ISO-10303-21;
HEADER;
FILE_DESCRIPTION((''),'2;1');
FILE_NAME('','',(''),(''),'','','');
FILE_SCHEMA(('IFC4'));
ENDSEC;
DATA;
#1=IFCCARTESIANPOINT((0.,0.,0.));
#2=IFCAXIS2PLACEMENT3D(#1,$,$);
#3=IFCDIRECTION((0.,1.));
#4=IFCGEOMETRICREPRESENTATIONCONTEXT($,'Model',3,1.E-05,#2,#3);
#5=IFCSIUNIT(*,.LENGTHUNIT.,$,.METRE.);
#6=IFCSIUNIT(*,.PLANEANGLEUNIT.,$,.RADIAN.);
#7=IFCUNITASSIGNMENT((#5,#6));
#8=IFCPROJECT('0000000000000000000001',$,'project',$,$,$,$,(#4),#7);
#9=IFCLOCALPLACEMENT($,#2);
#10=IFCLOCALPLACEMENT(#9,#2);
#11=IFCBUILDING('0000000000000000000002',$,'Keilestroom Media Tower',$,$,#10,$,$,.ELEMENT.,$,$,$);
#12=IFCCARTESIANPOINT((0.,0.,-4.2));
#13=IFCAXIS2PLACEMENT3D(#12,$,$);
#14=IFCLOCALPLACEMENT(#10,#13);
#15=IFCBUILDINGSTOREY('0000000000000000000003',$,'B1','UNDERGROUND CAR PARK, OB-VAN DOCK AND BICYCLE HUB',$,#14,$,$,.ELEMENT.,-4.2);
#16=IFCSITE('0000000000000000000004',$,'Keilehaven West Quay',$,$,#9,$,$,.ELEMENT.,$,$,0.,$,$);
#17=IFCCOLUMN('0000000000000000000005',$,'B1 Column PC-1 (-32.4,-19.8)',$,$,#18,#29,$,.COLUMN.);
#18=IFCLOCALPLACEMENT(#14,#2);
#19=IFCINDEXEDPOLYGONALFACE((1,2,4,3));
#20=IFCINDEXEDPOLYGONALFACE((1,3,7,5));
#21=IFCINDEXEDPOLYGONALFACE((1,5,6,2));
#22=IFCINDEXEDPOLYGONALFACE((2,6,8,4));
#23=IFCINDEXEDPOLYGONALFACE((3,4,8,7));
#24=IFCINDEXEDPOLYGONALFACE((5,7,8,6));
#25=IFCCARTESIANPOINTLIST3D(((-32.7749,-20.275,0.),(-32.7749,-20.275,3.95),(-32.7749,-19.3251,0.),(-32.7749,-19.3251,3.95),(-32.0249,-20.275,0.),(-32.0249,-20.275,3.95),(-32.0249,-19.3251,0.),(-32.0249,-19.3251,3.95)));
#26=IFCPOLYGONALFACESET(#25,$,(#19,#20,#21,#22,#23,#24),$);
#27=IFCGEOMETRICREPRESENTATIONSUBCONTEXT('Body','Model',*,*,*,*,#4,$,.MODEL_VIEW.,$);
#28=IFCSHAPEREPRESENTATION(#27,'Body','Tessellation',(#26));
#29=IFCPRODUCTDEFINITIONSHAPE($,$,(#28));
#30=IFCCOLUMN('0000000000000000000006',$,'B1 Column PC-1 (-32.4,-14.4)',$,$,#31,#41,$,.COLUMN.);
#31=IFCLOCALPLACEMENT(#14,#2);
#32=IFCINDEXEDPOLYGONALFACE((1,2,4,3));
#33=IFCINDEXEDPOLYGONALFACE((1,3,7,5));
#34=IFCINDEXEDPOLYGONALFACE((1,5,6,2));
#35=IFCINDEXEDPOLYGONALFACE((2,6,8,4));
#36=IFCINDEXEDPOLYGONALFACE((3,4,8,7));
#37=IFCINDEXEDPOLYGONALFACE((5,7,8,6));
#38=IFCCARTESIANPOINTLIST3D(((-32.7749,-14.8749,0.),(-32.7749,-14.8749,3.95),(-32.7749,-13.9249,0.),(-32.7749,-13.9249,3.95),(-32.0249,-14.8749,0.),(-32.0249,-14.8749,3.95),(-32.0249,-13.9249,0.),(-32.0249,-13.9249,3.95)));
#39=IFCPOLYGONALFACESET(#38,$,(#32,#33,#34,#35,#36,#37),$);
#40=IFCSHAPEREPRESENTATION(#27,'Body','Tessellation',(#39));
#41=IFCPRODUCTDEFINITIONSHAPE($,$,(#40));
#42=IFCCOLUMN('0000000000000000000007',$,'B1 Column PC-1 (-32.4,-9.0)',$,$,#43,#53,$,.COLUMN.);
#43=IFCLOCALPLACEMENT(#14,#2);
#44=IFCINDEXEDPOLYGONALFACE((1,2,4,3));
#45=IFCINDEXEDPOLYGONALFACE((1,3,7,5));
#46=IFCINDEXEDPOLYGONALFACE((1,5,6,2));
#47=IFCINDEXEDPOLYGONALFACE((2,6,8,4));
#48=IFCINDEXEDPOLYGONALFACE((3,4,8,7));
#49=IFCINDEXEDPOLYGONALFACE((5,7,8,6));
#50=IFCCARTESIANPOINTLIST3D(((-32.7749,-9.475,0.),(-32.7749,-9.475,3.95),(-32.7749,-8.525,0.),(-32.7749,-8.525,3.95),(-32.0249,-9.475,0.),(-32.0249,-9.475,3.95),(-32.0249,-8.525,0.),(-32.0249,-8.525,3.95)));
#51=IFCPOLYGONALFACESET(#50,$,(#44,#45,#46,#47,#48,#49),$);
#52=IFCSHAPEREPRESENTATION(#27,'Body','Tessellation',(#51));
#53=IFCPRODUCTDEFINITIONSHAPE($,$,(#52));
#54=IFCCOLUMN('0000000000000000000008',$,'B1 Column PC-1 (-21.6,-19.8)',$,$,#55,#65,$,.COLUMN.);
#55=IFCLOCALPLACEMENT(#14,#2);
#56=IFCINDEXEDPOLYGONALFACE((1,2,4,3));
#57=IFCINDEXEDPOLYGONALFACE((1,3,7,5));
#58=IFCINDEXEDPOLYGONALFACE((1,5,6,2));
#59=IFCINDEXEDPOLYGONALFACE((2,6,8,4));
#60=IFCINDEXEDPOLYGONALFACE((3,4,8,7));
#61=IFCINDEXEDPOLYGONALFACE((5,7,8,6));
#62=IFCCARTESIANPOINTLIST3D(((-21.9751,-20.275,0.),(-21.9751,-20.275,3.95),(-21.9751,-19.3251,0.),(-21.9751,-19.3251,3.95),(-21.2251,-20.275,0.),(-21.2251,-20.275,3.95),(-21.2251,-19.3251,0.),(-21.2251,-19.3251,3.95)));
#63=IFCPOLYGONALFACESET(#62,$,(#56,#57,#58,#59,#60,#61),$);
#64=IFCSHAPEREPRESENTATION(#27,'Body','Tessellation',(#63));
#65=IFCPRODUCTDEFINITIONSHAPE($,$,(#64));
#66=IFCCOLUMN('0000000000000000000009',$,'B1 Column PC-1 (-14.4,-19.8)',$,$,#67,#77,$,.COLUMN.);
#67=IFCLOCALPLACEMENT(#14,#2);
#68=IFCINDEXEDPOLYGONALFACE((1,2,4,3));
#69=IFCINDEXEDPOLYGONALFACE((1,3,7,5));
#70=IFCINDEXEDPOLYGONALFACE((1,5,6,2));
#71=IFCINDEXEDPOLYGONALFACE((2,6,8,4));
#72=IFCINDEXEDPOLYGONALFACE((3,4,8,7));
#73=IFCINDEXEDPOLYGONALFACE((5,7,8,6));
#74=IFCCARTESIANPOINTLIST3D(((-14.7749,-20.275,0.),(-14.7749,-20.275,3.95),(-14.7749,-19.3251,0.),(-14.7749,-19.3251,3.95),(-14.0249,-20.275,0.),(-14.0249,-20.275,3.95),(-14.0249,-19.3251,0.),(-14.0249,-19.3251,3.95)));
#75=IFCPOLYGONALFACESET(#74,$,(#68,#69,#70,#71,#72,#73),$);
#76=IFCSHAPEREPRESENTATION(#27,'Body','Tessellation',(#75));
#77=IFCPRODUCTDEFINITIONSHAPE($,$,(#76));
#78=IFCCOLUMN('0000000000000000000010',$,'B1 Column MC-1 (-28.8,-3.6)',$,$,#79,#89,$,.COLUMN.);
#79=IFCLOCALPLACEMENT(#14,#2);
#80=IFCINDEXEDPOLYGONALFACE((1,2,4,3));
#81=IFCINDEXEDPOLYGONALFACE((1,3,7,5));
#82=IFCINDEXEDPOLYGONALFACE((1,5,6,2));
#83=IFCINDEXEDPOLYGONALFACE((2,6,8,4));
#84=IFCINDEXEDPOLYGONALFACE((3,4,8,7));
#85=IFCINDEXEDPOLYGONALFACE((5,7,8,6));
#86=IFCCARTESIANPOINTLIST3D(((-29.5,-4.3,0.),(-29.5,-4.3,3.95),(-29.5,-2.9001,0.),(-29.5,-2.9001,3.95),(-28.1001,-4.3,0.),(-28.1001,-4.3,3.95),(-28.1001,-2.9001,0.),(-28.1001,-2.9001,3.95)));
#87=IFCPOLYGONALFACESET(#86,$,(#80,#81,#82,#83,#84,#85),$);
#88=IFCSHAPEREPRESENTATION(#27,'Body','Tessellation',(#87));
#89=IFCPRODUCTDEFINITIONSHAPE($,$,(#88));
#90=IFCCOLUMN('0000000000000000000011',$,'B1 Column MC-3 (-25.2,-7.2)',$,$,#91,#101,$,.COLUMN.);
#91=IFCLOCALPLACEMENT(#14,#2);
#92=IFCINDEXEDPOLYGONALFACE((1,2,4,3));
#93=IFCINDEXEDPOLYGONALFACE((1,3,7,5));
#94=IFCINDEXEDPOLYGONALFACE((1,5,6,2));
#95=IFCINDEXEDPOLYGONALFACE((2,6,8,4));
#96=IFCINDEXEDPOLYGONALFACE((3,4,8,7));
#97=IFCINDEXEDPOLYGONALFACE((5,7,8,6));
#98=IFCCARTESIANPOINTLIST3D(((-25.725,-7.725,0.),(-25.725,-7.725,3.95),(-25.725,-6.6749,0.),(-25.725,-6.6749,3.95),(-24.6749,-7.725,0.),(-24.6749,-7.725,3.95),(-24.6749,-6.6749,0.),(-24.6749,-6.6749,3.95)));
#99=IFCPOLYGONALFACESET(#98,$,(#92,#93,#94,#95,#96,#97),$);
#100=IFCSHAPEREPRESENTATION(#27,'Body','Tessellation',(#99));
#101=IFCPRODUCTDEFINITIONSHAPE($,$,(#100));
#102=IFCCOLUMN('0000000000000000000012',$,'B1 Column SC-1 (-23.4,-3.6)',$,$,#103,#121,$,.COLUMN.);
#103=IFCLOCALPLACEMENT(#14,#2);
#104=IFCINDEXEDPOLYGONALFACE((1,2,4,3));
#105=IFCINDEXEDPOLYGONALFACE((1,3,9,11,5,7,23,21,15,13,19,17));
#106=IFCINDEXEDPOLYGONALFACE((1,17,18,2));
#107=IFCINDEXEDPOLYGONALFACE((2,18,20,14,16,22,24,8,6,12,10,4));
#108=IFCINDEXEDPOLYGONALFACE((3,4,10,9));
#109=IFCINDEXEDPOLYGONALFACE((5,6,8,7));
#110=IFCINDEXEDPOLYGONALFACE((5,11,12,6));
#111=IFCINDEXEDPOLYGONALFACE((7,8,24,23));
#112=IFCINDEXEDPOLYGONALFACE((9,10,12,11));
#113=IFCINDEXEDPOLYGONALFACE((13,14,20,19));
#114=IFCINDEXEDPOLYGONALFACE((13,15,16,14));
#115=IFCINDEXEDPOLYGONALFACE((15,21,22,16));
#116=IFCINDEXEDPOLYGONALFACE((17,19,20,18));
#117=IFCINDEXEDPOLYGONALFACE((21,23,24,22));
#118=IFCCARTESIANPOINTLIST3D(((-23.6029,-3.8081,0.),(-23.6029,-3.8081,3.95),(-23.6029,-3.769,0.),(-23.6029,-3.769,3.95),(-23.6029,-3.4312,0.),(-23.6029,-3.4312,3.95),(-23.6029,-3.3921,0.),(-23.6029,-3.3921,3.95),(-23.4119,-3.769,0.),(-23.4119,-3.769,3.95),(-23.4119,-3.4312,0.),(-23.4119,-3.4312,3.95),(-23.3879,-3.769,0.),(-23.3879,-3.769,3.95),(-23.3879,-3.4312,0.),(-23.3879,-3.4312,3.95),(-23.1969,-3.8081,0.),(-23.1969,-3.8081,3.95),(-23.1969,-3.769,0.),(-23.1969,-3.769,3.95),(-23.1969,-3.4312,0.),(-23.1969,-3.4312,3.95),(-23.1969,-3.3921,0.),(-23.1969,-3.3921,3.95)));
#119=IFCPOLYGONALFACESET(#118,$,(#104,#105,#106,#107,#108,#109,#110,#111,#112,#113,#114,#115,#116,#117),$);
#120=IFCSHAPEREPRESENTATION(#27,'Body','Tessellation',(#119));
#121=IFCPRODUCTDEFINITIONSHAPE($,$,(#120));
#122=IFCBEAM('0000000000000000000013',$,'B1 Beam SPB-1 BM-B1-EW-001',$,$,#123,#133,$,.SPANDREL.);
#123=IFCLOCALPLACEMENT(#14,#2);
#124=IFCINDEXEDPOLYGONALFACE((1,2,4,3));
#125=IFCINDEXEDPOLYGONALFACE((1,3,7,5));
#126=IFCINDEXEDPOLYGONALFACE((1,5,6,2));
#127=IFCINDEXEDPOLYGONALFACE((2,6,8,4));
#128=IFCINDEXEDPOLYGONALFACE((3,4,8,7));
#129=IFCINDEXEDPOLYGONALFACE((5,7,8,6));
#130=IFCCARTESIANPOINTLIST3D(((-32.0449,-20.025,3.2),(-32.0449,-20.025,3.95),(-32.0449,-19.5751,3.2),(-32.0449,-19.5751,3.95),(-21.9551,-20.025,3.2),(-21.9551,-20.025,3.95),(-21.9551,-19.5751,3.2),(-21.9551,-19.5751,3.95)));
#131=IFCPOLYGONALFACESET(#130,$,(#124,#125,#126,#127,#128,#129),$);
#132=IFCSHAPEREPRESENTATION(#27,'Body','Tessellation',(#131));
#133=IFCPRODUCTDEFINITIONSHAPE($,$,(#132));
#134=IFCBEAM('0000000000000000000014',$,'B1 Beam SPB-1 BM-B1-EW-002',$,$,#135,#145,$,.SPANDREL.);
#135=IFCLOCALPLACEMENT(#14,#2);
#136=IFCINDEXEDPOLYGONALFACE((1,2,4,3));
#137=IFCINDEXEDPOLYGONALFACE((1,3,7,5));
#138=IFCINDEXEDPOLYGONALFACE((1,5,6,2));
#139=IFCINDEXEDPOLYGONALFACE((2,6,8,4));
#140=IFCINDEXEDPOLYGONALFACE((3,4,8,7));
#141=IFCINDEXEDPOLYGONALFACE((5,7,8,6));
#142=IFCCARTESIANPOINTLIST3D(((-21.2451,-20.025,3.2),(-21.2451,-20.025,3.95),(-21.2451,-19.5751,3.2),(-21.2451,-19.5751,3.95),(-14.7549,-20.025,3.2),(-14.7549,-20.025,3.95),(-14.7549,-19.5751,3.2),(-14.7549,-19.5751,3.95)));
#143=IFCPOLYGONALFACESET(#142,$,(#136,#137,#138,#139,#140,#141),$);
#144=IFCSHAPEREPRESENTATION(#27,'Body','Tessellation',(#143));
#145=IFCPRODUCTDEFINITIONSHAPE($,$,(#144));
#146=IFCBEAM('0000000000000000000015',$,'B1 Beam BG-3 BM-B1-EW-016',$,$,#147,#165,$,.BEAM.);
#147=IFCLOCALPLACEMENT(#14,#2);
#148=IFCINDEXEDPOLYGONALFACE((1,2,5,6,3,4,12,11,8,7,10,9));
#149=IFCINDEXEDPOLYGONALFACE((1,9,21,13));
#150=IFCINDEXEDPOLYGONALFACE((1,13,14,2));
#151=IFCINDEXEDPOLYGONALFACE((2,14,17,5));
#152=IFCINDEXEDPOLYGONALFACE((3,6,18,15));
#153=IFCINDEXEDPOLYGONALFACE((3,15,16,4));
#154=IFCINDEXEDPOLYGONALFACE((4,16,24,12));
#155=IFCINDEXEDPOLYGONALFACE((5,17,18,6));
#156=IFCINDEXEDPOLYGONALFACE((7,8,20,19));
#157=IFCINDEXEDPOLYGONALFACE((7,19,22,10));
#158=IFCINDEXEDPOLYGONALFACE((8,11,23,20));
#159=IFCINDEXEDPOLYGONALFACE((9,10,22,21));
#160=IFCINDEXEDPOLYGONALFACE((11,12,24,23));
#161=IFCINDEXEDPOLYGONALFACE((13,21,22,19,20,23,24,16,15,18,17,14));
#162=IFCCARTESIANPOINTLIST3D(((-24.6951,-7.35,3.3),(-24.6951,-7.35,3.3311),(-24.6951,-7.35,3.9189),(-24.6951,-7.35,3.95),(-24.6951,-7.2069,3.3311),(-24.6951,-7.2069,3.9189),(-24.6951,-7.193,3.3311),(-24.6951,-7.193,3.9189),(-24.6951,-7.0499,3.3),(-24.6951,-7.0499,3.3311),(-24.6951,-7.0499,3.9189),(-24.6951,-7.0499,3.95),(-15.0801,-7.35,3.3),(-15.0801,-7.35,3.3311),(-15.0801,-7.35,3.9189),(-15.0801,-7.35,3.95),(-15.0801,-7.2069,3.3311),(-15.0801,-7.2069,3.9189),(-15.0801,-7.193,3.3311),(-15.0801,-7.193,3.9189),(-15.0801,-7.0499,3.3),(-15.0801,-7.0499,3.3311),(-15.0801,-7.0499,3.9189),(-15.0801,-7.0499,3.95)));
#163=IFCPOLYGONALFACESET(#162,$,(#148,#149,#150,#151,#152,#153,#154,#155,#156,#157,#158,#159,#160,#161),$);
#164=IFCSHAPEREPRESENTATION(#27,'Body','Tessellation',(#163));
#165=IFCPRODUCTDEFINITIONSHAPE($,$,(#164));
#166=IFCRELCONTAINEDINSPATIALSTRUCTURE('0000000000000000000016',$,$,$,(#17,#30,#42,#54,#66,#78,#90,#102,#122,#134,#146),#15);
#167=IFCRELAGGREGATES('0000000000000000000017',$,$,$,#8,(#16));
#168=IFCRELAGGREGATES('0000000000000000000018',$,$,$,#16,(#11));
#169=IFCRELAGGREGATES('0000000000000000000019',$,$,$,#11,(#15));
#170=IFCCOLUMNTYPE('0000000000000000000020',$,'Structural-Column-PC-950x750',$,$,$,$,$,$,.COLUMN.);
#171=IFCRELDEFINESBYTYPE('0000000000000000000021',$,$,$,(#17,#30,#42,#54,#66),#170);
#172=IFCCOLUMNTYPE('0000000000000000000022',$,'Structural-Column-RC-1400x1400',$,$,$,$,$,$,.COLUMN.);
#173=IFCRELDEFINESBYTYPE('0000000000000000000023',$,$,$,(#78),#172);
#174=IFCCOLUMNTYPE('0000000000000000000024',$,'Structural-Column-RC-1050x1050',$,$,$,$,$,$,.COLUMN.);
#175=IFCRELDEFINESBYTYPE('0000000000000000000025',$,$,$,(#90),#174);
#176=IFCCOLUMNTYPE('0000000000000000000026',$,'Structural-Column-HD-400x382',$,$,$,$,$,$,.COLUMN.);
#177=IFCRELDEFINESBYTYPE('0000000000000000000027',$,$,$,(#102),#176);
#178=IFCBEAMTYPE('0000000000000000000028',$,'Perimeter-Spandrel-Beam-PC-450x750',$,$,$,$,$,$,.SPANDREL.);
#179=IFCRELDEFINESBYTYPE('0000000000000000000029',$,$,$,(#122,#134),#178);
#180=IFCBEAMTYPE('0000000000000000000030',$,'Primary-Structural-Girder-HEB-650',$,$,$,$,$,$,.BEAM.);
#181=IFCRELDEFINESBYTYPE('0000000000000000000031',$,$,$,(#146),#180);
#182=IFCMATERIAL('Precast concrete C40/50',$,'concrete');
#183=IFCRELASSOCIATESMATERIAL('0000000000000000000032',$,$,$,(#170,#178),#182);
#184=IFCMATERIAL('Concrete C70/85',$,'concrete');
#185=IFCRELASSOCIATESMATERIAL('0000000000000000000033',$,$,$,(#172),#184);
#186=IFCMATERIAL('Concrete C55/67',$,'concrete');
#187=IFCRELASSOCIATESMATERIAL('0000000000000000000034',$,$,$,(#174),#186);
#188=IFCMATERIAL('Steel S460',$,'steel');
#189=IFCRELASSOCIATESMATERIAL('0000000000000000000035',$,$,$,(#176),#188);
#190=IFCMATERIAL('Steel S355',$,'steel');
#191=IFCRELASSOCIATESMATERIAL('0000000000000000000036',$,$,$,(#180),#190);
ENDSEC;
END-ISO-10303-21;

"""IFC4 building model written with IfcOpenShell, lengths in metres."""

from ifc_helpers import new_model, si_unit, direction, frame, origin, origin_2d, place, context, subcontext, project, spatial, rectangle, i_section, extrude, source, transform, mapped, material, material_profile, profile_set, type_object, element, save


model = new_model("IFC4")

# Units and contexts
model_context = context("Model", 3, precision=1e-05, world=origin(), true_north=direction((0.0, 1.0)))
body_context = subcontext(model_context, "Body", "Model", "MODEL_VIEW")
ifc_project = project(units=[si_unit("LENGTHUNIT", "METRE"), si_unit("PLANEANGLEUNIT", "RADIAN")], contexts=[model_context])

# Site, building, storey
site_placement = place(None, origin())
site = spatial("IfcSite", under=ifc_project, at=site_placement, Name="Keilehaven West Quay", CompositionType="ELEMENT", RefElevation=0.0)
building_placement = place(site_placement, origin())
building = spatial("IfcBuilding", under=site, at=building_placement, Name="Keilestroom Media Tower", CompositionType="ELEMENT")
storey_placement = place(building_placement, frame((0.0, 0.0, -4.2)))
storey = spatial("IfcBuildingStorey", under=building, at=storey_placement, Name="B1", Description="UNDERGROUND CAR PARK, OB-VAN DOCK AND BICYCLE HUB", CompositionType="ELEMENT", Elevation=-4.2)

# Columns
ifc_material_1 = material(Name="Precast concrete C40/50", Category="concrete")
ifc_material_profile_1 = material_profile(ifc_material_1, rectangle(XDim=0.75, YDim=0.95, at=origin_2d()), Name="PC 950x750")
ifc_profile_set_1 = profile_set([ifc_material_profile_1], Name="Precast concrete C40/50")
column_type_1 = type_object("IfcColumnType", Name="Structural-Column-PC-950x750", PredefinedType="COLUMN", material=ifc_profile_set_1)
shared_shape_1 = source(origin(), body_context, "Body", "SweptSolid", [
    extrude(rectangle(XDim=0.75, YDim=0.95, at=origin_2d()), origin(), (0.0, 0.0, 1.0), 3.95),
])
for number, where, z_axis, x_axis, name in (
    (1, (-32.3999, -19.8, 0.0), (0.0, 0.0, 1.0), (1.0, 0.0, 0.0), "B1 Column PC-1 (-32.4,-19.8)"),
    (2, (-32.3999, -14.3999, 0.0), (0.0, 0.0, 1.0), (1.0, 0.0, 0.0), "B1 Column PC-1 (-32.4,-14.4)"),
    (3, (-32.3999, -9.0, 0.0), (0.0, 0.0, 1.0), (1.0, 0.0, 0.0), "B1 Column PC-1 (-32.4,-9.0)"),
    (4, (-21.6001, -19.8, 0.0), (0.0, 0.0, 1.0), (1.0, 0.0, 0.0), "B1 Column PC-1 (-21.6,-19.8)"),
    (5, (-14.3999, -19.8, 0.0), (0.0, 0.0, 1.0), (1.0, 0.0, 0.0), "B1 Column PC-1 (-14.4,-19.8)"),
):
    element("IfcColumn", number, at=place(storey_placement, frame(where, z_axis=z_axis, x_axis=x_axis)), inside=storey, type_object=column_type_1, Name=name, PredefinedType="COLUMN", context=body_context, shape_type="MappedRepresentation", body=[
        mapped(shared_shape_1, transform((0.0, 0.0, 0.0), x_axis=(1.0, 0.0, 0.0), y_axis=(0.0, 1.0, 0.0), z_axis=(0.0, 0.0, 1.0), scale=1.0)),
    ])
ifc_material_2 = material(Name="Concrete C70/85", Category="concrete")
ifc_material_profile_2 = material_profile(ifc_material_2, rectangle(XDim=1.3999, YDim=1.3999, at=origin_2d()), Name="RC 1400x1400")
ifc_profile_set_2 = profile_set([ifc_material_profile_2], Name="Concrete C70/85")
column_type_2 = type_object("IfcColumnType", Name="Structural-Column-RC-1400x1400", PredefinedType="COLUMN", material=ifc_profile_set_2)
shared_shape_2 = source(origin(), body_context, "Body", "SweptSolid", [
    extrude(rectangle(XDim=1.3999, YDim=1.3999, at=origin_2d()), origin(), (0.0, 0.0, 1.0), 3.95),
])
column_1_placement = place(storey_placement, frame((-28.8, -3.6001, 0.0), z_axis=(0.0, 0.0, 1.0), x_axis=(1.0, 0.0, 0.0)))
element("IfcColumn", 6, at=column_1_placement, inside=storey, type_object=column_type_2, Name="B1 Column MC-1 (-28.8,-3.6)", PredefinedType="COLUMN", context=body_context, shape_type="MappedRepresentation", body=[
    mapped(shared_shape_2, transform((0.0, 0.0, 0.0), x_axis=(1.0, 0.0, 0.0), y_axis=(0.0, 1.0, 0.0), z_axis=(0.0, 0.0, 1.0), scale=1.0)),
])
ifc_material_3 = material(Name="Concrete C55/67", Category="concrete")
ifc_material_profile_3 = material_profile(ifc_material_3, rectangle(XDim=1.05, YDim=1.05, at=origin_2d()), Name="RC 1050x1050")
ifc_profile_set_3 = profile_set([ifc_material_profile_3], Name="Concrete C55/67")
column_type_3 = type_object("IfcColumnType", Name="Structural-Column-RC-1050x1050", PredefinedType="COLUMN", material=ifc_profile_set_3)
shared_shape_3 = source(origin(), body_context, "Body", "SweptSolid", [
    extrude(rectangle(XDim=1.05, YDim=1.05, at=origin_2d()), origin(), (0.0, 0.0, 1.0), 3.95),
])
column_2_placement = place(storey_placement, frame((-25.2, -7.2, 0.0), z_axis=(0.0, 0.0, 1.0), x_axis=(1.0, 0.0, 0.0)))
element("IfcColumn", 7, at=column_2_placement, inside=storey, type_object=column_type_3, Name="B1 Column MC-3 (-25.2,-7.2)", PredefinedType="COLUMN", context=body_context, shape_type="MappedRepresentation", body=[
    mapped(shared_shape_3, transform((0.0, 0.0, 0.0), x_axis=(1.0, 0.0, 0.0), y_axis=(0.0, 1.0, 0.0), z_axis=(0.0, 0.0, 1.0), scale=1.0)),
])
ifc_material_4 = material(Name="Steel S460", Category="steel")
ifc_material_profile_4 = material_profile(ifc_material_4, i_section(OverallWidth=0.406, OverallDepth=0.416, WebThickness=0.0239, FlangeThickness=0.0391, at=origin_2d()), Name="HD 400x382")
ifc_profile_set_4 = profile_set([ifc_material_profile_4], Name="Steel S460")
column_type_4 = type_object("IfcColumnType", Name="Structural-Column-HD-400x382", PredefinedType="COLUMN", material=ifc_profile_set_4)
shared_shape_4 = source(origin(), body_context, "Body", "SweptSolid", [
    extrude(i_section(OverallWidth=0.406, OverallDepth=0.416, WebThickness=0.0239, FlangeThickness=0.0391, at=origin_2d()), origin(), (0.0, 0.0, 1.0), 3.95),
])
column_3_placement = place(storey_placement, frame((-23.3999, -3.6001, 0.0), z_axis=(0.0, 0.0, 1.0), x_axis=(1.0, 0.0, 0.0)))
element("IfcColumn", 8, at=column_3_placement, inside=storey, type_object=column_type_4, Name="B1 Column SC-1 (-23.4,-3.6)", PredefinedType="COLUMN", context=body_context, shape_type="MappedRepresentation", body=[
    mapped(shared_shape_4, transform((0.0, 0.0, 0.0), x_axis=(1.0, 0.0, 0.0), y_axis=(0.0, 1.0, 0.0), z_axis=(0.0, 0.0, 1.0), scale=1.0)),
])

# Beams
ifc_material_profile_5 = material_profile(ifc_material_1, rectangle(XDim=0.45, YDim=0.75, at=origin_2d()), Name="PC 450x750")
ifc_profile_set_5 = profile_set([ifc_material_profile_5], Name="Precast concrete C40/50")
beam_type_1 = type_object("IfcBeamType", Name="Perimeter-Spandrel-Beam-PC-450x750", PredefinedType="SPANDREL", material=ifc_profile_set_5)
shared_shape_5 = source(origin(), body_context, "Body", "SweptSolid", [
    extrude(rectangle(XDim=0.45, YDim=0.75, at=origin_2d()), origin(), (0.0, 0.0, 1.0), 10.0898),
])
beam_1_placement = place(storey_placement, frame((-32.0449, -19.8, 3.575), z_axis=(1.0, 0.0, 0.0), x_axis=(0.0, 1.0, 0.0)))
element("IfcBeam", 9, at=beam_1_placement, inside=storey, type_object=beam_type_1, Name="B1 Beam SPB-1 BM-B1-EW-001", PredefinedType="SPANDREL", context=body_context, shape_type="MappedRepresentation", body=[
    mapped(shared_shape_5, transform((0.0, 0.0, 0.0), x_axis=(1.0, 0.0, 0.0), y_axis=(0.0, 1.0, 0.0), z_axis=(0.0, 0.0, 1.0), scale=1.0)),
])
shared_shape_6 = source(origin(), body_context, "Body", "SweptSolid", [
    extrude(rectangle(XDim=0.45, YDim=0.75, at=origin_2d()), origin(), (0.0, 0.0, 1.0), 6.4902),
])
beam_2_placement = place(storey_placement, frame((-21.2451, -19.8, 3.575), z_axis=(1.0, 0.0, 0.0), x_axis=(0.0, 1.0, 0.0)))
element("IfcBeam", 10, at=beam_2_placement, inside=storey, type_object=beam_type_1, Name="B1 Beam SPB-1 BM-B1-EW-002", PredefinedType="SPANDREL", context=body_context, shape_type="MappedRepresentation", body=[
    mapped(shared_shape_6, transform((0.0, 0.0, 0.0), x_axis=(1.0, 0.0, 0.0), y_axis=(0.0, 1.0, 0.0), z_axis=(0.0, 0.0, 1.0), scale=1.0)),
])
ifc_material_5 = material(Name="Steel S355", Category="steel")
ifc_material_profile_6 = material_profile(ifc_material_5, i_section(OverallWidth=0.3, OverallDepth=0.6499, WebThickness=0.0139, FlangeThickness=0.031, at=origin_2d()), Name="HEB 650")
ifc_profile_set_6 = profile_set([ifc_material_profile_6], Name="Steel S355")
beam_type_2 = type_object("IfcBeamType", Name="Primary-Structural-Girder-HEB-650", PredefinedType="BEAM", material=ifc_profile_set_6)
shared_shape_7 = source(origin(), body_context, "Body", "SweptSolid", [
    extrude(i_section(OverallWidth=0.3, OverallDepth=0.6499, WebThickness=0.0139, FlangeThickness=0.031, at=origin_2d()), origin(), (0.0, 0.0, 1.0), 9.615),
])
beam_3_placement = place(storey_placement, frame((-24.6951, -7.2, 3.625), z_axis=(1.0, 0.0, 0.0), x_axis=(0.0, 1.0, 0.0)))
element("IfcBeam", 11, at=beam_3_placement, inside=storey, type_object=beam_type_2, Name="B1 Beam BG-3 BM-B1-EW-016", PredefinedType="BEAM", context=body_context, shape_type="MappedRepresentation", body=[
    mapped(shared_shape_7, transform((0.0, 0.0, 0.0), x_axis=(1.0, 0.0, 0.0), y_axis=(0.0, 1.0, 0.0), z_axis=(0.0, 0.0, 1.0), scale=1.0)),
])

save(model, "model.ifc")
